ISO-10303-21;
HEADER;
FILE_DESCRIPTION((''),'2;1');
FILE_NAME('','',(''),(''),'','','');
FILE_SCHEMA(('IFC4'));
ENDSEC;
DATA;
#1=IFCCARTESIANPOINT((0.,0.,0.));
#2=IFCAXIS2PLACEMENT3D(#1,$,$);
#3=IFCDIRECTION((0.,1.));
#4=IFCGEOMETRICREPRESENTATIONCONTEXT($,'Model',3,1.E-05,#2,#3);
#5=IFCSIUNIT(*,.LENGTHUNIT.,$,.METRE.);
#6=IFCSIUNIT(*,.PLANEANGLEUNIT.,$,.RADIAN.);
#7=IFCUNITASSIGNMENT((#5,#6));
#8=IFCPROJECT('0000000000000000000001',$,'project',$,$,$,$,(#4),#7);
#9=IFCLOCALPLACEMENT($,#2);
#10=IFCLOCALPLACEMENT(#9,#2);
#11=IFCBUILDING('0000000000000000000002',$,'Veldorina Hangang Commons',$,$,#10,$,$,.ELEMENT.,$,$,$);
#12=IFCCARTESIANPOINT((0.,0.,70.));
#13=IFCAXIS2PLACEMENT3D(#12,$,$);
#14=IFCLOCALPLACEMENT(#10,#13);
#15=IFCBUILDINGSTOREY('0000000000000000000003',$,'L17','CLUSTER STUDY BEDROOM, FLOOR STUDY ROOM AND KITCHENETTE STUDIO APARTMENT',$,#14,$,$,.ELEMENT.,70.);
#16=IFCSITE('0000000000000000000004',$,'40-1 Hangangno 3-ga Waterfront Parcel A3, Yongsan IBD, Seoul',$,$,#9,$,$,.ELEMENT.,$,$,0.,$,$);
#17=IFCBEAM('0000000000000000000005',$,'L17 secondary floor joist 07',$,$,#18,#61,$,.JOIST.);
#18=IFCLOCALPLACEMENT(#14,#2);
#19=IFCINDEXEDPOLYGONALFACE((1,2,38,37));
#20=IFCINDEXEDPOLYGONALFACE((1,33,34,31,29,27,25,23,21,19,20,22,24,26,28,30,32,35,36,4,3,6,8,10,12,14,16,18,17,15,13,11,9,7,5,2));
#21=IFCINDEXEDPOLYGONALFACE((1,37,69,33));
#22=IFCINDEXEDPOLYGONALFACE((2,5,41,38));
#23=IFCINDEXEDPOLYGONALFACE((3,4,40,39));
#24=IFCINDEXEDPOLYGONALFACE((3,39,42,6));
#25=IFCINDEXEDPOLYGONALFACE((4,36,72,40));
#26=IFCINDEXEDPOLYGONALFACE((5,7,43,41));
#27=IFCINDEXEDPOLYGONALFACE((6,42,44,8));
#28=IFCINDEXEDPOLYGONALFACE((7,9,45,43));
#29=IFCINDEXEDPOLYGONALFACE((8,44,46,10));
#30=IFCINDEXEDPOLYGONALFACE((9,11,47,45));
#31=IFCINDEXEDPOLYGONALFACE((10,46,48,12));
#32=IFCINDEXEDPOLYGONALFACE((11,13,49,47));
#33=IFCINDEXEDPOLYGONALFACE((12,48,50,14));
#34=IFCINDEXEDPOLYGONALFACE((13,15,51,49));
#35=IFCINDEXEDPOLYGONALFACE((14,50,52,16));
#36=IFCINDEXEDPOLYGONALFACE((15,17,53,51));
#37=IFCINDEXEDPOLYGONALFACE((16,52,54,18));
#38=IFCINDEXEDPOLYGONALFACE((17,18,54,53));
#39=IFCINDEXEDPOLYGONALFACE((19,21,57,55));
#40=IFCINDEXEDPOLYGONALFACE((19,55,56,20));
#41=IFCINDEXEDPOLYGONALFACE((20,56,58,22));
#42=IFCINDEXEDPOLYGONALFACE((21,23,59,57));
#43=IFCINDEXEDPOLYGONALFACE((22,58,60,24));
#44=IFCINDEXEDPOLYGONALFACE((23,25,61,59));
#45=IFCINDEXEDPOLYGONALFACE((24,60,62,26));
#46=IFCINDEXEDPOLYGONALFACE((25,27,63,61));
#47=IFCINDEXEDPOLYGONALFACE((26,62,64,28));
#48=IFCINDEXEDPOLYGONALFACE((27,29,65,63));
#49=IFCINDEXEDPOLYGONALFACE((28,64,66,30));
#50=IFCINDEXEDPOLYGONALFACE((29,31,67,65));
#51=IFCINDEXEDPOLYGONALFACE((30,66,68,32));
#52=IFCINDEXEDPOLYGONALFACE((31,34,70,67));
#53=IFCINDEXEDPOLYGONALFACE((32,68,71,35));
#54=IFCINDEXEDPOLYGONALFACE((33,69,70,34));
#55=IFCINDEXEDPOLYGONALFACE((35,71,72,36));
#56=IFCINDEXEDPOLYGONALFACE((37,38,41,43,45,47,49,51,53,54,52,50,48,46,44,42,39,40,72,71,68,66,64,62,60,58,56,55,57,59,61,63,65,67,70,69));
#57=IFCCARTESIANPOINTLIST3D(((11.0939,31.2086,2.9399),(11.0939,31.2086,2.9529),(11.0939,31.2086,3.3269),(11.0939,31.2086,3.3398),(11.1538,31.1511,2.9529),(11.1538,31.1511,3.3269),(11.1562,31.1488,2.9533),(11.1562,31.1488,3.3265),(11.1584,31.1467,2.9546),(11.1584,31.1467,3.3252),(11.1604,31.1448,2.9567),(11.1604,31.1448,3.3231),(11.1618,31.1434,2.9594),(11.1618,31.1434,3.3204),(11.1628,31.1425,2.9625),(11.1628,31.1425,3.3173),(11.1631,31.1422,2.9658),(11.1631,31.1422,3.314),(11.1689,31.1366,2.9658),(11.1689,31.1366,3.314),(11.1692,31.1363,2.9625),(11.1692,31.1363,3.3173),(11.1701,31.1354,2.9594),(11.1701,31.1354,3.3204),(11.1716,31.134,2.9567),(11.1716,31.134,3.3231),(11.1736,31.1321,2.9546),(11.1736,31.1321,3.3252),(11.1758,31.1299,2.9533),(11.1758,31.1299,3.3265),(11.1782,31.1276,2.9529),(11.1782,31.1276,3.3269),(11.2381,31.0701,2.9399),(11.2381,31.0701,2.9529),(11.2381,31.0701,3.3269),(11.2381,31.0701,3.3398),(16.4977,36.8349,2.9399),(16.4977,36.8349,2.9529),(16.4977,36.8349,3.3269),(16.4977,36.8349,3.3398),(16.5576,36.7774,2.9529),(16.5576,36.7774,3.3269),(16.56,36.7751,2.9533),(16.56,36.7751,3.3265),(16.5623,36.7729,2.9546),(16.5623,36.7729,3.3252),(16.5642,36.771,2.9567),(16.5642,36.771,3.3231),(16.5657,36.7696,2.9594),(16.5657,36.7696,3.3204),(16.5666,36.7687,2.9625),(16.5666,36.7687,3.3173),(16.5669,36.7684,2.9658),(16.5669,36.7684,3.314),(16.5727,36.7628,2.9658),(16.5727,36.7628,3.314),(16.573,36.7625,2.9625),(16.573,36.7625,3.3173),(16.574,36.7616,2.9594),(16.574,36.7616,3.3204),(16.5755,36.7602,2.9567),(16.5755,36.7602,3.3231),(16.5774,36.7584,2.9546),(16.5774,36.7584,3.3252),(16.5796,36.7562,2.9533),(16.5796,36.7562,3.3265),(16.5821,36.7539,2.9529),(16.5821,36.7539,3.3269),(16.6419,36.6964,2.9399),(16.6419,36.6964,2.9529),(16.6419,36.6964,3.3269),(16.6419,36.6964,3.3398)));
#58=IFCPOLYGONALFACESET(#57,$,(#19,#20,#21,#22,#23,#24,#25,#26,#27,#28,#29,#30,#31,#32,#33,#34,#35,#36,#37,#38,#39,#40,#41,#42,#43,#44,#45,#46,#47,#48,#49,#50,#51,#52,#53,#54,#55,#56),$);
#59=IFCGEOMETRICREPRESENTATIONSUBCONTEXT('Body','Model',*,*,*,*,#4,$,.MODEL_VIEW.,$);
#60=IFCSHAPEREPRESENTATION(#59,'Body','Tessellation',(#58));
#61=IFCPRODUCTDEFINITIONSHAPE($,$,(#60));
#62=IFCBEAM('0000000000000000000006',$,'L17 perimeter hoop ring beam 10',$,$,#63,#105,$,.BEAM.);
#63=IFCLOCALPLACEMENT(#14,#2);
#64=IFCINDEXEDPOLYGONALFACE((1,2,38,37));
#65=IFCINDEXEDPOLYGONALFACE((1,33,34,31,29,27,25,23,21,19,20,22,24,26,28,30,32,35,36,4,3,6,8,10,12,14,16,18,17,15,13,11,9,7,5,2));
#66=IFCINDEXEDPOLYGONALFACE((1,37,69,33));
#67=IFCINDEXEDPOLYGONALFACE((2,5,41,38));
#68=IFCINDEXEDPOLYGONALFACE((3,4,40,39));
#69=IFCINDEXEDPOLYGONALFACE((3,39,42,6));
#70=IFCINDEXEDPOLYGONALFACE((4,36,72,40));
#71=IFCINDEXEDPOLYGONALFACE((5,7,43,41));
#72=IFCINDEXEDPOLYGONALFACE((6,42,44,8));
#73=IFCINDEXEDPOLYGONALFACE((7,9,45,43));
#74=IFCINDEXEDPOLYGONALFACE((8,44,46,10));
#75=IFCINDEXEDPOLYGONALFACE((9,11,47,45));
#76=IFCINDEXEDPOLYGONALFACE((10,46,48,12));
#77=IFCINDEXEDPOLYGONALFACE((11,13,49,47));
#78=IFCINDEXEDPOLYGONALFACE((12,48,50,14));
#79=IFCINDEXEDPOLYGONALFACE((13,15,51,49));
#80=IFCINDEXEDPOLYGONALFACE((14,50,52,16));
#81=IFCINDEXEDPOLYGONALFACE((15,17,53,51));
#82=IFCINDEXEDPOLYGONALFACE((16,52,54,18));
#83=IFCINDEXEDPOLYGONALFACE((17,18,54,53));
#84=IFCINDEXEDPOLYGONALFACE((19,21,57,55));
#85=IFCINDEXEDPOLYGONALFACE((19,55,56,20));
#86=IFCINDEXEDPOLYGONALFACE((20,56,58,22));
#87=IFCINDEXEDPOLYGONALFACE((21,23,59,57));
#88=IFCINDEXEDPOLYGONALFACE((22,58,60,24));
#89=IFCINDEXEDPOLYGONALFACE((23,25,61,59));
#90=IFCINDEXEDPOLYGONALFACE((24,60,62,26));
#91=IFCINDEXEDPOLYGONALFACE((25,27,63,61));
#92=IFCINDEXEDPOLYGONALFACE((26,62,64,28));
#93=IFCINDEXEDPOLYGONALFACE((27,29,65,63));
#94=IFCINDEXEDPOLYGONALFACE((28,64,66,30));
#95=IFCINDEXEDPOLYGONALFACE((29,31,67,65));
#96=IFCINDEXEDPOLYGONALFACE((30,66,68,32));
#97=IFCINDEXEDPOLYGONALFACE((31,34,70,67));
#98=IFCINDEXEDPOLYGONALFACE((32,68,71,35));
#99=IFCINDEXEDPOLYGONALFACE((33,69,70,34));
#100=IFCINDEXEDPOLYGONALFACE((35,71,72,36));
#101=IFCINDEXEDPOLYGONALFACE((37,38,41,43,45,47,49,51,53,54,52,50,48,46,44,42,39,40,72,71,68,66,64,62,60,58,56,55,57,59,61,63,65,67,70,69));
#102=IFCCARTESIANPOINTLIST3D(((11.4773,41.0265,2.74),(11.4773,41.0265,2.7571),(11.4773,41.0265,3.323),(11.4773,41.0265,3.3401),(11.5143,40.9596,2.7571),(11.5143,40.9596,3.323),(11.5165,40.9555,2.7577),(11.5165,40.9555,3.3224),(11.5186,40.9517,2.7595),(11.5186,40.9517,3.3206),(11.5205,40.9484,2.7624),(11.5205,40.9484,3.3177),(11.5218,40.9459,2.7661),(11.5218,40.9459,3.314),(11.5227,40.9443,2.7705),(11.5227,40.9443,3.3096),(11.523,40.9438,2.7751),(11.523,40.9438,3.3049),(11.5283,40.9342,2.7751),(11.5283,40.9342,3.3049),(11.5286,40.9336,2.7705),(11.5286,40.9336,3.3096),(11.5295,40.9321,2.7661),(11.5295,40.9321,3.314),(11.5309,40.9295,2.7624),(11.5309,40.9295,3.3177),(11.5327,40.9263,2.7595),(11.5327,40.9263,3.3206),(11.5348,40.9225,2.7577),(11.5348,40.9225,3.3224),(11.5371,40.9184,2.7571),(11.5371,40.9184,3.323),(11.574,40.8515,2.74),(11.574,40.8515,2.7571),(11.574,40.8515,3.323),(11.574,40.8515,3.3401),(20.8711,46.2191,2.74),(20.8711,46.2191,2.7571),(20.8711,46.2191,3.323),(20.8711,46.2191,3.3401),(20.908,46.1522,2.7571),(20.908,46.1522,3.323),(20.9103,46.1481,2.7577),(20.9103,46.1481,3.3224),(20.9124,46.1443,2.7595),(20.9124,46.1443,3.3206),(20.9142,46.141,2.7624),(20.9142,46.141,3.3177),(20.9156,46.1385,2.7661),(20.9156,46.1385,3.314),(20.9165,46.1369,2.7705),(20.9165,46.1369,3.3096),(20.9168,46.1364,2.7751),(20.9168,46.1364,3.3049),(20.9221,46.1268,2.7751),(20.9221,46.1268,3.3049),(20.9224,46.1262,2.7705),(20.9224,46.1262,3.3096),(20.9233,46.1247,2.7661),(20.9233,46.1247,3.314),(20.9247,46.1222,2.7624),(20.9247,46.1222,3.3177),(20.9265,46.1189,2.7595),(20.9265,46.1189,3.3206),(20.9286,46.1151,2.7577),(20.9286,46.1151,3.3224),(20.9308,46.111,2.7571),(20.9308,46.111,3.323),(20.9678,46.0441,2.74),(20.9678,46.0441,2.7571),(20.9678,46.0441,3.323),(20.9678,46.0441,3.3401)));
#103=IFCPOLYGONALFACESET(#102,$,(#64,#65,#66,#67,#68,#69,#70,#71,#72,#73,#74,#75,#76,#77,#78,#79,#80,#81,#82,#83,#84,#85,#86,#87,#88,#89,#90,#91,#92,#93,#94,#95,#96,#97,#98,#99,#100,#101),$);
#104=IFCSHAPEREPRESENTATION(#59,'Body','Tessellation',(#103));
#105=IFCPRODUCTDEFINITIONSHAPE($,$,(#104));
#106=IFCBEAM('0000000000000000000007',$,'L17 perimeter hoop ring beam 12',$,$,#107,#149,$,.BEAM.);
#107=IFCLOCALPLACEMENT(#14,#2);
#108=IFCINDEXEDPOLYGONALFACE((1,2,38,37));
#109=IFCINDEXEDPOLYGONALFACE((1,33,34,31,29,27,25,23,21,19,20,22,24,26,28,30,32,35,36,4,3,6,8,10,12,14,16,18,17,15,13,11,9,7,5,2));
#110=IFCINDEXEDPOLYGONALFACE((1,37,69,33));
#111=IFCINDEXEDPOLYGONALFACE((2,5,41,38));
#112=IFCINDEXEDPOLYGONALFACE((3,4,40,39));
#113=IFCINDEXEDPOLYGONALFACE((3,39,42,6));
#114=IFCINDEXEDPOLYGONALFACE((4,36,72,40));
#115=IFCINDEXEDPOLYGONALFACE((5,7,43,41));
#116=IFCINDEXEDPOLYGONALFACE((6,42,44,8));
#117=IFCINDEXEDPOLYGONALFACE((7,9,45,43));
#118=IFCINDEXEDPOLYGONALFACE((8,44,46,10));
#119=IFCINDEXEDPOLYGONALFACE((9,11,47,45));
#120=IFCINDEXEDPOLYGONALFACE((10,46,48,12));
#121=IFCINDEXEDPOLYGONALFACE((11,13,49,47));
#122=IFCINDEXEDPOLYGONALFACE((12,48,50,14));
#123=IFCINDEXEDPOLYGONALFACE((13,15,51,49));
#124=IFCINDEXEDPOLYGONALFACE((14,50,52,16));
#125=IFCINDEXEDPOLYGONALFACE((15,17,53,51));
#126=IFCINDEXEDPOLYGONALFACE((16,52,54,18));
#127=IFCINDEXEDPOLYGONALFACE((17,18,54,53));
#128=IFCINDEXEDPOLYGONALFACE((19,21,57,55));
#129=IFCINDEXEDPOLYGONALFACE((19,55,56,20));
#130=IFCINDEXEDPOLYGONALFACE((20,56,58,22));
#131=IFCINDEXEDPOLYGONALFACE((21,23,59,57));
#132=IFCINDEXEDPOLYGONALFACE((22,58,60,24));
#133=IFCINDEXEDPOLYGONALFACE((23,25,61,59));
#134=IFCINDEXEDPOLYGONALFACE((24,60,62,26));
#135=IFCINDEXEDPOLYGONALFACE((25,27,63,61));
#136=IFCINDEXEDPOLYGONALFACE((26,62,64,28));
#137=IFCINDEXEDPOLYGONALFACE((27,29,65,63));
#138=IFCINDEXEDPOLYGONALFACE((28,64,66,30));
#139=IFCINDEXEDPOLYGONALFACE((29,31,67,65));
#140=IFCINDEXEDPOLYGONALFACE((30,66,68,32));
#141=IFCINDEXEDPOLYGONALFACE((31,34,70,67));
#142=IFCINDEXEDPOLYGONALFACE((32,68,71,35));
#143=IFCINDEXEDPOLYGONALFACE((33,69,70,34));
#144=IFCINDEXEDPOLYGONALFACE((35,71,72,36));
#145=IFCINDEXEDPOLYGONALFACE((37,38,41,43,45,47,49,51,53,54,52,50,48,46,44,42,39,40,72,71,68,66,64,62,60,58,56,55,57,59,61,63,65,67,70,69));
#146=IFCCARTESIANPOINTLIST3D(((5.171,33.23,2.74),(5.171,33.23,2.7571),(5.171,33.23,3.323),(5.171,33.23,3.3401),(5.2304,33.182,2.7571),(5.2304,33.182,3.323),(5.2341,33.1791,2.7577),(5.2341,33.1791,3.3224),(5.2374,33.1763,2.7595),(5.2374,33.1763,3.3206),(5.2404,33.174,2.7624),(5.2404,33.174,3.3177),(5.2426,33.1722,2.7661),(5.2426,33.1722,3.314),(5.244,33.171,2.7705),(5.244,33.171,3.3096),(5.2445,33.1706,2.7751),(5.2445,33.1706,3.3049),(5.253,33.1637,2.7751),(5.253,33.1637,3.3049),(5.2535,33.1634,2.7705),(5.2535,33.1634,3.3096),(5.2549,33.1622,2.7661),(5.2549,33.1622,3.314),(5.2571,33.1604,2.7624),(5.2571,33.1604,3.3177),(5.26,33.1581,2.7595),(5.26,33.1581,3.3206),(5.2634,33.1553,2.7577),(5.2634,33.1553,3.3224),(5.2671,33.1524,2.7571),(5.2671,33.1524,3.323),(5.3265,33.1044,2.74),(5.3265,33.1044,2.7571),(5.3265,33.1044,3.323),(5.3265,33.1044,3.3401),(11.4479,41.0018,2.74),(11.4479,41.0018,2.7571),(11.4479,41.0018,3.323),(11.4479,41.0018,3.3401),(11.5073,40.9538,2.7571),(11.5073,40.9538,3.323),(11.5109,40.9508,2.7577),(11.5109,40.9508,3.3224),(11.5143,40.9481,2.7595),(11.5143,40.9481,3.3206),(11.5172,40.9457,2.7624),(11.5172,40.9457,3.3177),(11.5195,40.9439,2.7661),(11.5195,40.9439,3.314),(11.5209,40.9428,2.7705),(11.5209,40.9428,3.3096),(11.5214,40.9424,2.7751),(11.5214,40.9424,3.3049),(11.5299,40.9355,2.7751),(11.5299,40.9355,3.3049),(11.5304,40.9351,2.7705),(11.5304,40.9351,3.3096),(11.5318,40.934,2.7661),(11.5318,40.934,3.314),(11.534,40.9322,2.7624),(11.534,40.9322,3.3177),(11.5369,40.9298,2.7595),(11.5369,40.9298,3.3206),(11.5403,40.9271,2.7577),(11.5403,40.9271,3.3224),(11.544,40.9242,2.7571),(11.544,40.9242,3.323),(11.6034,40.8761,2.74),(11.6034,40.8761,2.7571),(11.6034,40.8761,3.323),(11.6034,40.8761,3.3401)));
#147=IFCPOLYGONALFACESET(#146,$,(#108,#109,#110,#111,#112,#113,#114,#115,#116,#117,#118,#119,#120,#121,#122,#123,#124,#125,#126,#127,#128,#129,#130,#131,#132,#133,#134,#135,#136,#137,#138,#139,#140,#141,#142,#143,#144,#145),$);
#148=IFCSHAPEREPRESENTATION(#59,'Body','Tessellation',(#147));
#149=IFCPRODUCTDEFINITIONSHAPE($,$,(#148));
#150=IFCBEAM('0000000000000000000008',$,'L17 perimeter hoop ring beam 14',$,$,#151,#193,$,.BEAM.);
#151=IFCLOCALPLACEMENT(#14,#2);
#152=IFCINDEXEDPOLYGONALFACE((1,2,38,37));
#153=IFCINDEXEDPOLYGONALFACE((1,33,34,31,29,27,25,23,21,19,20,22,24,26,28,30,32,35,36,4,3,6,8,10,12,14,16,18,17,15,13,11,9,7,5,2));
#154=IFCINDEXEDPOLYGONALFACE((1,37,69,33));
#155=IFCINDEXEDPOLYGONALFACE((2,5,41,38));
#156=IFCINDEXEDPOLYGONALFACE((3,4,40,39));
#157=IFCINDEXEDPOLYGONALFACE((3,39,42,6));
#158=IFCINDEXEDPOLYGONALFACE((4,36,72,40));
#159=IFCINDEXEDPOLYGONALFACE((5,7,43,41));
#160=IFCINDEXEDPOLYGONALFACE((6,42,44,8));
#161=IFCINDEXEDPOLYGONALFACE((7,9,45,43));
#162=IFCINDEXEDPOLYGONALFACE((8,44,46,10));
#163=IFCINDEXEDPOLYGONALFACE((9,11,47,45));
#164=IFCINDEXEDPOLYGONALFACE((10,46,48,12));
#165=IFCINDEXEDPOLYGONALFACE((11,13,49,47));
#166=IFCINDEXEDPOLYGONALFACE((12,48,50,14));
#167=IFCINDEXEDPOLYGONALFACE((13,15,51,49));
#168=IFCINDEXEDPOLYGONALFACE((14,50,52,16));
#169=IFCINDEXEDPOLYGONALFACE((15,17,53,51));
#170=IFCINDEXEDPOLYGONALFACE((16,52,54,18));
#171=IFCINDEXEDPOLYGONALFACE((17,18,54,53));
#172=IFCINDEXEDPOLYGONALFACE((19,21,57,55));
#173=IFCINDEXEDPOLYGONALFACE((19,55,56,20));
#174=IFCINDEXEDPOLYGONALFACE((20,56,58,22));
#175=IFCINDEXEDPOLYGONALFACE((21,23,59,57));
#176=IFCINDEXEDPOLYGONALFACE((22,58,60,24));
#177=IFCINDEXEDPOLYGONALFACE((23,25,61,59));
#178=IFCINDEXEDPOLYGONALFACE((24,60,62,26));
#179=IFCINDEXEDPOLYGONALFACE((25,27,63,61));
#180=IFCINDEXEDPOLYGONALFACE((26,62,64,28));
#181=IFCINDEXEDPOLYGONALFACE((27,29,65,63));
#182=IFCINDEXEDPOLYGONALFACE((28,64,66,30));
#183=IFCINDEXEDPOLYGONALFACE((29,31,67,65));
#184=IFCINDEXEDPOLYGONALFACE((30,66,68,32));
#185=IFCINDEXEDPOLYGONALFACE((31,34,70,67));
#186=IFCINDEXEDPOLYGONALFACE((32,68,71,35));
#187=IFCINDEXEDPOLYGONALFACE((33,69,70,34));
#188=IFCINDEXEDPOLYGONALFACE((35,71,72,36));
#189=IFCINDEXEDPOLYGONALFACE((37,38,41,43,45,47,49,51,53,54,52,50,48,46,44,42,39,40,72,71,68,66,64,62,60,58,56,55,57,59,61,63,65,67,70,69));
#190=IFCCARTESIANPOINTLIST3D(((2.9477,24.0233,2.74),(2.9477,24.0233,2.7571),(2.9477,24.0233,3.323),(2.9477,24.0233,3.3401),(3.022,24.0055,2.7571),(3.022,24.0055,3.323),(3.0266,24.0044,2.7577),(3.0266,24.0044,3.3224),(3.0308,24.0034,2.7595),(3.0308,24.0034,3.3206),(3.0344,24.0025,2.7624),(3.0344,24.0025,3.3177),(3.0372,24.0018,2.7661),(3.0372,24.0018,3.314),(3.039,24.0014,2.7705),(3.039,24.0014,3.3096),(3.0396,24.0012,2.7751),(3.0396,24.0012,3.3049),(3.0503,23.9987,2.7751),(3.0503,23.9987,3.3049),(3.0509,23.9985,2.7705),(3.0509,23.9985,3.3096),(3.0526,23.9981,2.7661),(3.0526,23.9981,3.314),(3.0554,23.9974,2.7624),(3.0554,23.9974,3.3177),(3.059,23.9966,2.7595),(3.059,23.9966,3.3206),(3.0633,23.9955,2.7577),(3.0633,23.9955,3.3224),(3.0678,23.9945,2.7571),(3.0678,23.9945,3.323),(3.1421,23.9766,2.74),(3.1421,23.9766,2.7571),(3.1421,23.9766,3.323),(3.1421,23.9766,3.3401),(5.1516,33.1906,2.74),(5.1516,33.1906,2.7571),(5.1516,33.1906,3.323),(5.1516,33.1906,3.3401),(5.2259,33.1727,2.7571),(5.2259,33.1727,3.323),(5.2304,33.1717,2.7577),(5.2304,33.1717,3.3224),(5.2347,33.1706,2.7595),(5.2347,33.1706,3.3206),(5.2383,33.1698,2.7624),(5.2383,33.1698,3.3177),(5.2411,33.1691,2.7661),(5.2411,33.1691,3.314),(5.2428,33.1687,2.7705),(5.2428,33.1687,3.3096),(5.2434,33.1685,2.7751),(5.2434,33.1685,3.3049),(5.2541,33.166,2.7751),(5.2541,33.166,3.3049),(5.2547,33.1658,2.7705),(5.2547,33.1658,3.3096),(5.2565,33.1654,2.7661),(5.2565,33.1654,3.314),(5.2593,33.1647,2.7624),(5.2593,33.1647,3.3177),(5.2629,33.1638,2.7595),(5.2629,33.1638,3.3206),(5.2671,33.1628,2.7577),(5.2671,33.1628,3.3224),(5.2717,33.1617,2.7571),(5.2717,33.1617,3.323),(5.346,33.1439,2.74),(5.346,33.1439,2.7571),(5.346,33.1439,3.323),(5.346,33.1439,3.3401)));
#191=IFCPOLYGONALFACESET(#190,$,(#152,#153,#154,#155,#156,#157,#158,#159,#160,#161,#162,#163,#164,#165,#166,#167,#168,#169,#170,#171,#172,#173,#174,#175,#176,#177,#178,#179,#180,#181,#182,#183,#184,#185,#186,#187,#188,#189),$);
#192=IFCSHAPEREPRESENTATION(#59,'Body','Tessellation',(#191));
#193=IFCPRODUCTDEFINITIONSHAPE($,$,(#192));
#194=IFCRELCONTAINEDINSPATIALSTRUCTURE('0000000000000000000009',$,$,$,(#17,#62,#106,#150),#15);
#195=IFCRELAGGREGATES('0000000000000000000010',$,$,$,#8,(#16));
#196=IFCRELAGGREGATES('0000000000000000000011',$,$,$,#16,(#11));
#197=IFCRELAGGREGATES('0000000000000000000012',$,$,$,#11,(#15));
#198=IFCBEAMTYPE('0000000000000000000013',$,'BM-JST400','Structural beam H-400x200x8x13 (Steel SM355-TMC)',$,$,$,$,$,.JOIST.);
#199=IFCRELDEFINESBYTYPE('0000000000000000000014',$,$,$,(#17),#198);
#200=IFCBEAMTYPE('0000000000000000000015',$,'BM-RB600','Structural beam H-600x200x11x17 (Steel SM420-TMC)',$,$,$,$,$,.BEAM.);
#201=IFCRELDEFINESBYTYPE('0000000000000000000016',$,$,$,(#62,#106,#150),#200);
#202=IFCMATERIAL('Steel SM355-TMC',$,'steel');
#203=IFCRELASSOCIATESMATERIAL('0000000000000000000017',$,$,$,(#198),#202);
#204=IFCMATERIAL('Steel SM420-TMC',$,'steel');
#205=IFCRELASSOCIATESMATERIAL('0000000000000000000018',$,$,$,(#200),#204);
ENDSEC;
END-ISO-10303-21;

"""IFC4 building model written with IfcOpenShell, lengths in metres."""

from ifc_helpers import new_model, si_unit, direction, frame, origin, origin_2d, place, context, subcontext, project, spatial, i_section, extrude, material, material_profile, profile_set, type_object, element, save


model = new_model("IFC4")

# Units and contexts
model_context = context("Model", 3, precision=1e-05, world=origin(), true_north=direction((0.0, 1.0)))
body_context = subcontext(model_context, "Body", "Model", "MODEL_VIEW")
ifc_project = project(units=[si_unit("LENGTHUNIT", "METRE"), si_unit("PLANEANGLEUNIT", "RADIAN")], contexts=[model_context])

# Site, building, storey
site_placement = place(None, origin())
site = spatial("IfcSite", under=ifc_project, at=site_placement, Name="40-1 Hangangno 3-ga Waterfront Parcel A3, Yongsan IBD, Seoul", CompositionType="ELEMENT", RefElevation=0.0)
building_placement = place(site_placement, origin())
building = spatial("IfcBuilding", under=site, at=building_placement, Name="Veldorina Hangang Commons", CompositionType="ELEMENT")
storey_placement = place(building_placement, frame((0.0, 0.0, 70.0)))
storey = spatial("IfcBuildingStorey", under=building, at=storey_placement, Name="L17", Description="CLUSTER STUDY BEDROOM, FLOOR STUDY ROOM AND KITCHENETTE STUDIO APARTMENT", CompositionType="ELEMENT", Elevation=70.0)

# Beams
ifc_material_1 = material(Name="Steel SM355-TMC", Category="steel")
ifc_material_profile_1 = material_profile(ifc_material_1, i_section(OverallWidth=0.2, OverallDepth=0.3999, WebThickness=0.0081, FlangeThickness=0.0129, FilletRadius=0.0129, at=origin_2d()), Name="H-400x200x8x13")
ifc_profile_set_1 = profile_set([ifc_material_profile_1], Name="Steel SM355-TMC")
beam_type_1 = type_object("IfcBeamType", Name="BM-JST400", Description="Structural beam H-400x200x8x13 (Steel SM355-TMC)", PredefinedType="JOIST", material=ifc_profile_set_1)
beam_1_placement = place(storey_placement, frame((16.5698, 36.7656, 3.1399), z_axis=(-0.692708, -0.721218, 0.0), x_axis=(0.721218, -0.692708, 0.0)))
element("IfcBeam", 1, at=beam_1_placement, inside=storey, type_object=beam_type_1, Name="L17 secondary floor joist 07", PredefinedType="JOIST", context=body_context, shape_type="SweptSolid", body=[
    extrude(i_section(OverallWidth=0.2, OverallDepth=0.3999, WebThickness=0.0081, FlangeThickness=0.0129, FilletRadius=0.0129, at=origin_2d()), origin(), (0.0, 0.0, 1.0), 7.801),
])
ifc_material_2 = material(Name="Steel SM420-TMC", Category="steel")
ifc_material_profile_2 = material_profile(ifc_material_2, i_section(OverallWidth=0.2, OverallDepth=0.6001, WebThickness=0.011, FlangeThickness=0.0171, FilletRadius=0.0181, at=origin_2d()), Name="H-600x200x11x17")
ifc_profile_set_2 = profile_set([ifc_material_profile_2], Name="Steel SM420-TMC")
beam_type_2 = type_object("IfcBeamType", Name="BM-RB600", Description="Structural beam H-600x200x11x17 (Steel SM420-TMC)", PredefinedType="BEAM", material=ifc_profile_set_2)
beam_2_placement = place(storey_placement, frame((20.9194, 46.1316, 3.04), z_axis=(-0.87519, -0.48378, 0.0), x_axis=(0.48378, -0.87519, 0.0)))
element("IfcBeam", 2, at=beam_2_placement, inside=storey, type_object=beam_type_2, Name="L17 perimeter hoop ring beam 10", PredefinedType="BEAM", context=body_context, shape_type="SweptSolid", body=[
    extrude(i_section(OverallWidth=0.2, OverallDepth=0.6001, WebThickness=0.011, FlangeThickness=0.0171, FilletRadius=0.0181, at=origin_2d()), origin(), (0.0, 0.0, 1.0), 10.7334),
])
beam_3_placement = place(storey_placement, frame((11.5256, 40.939, 3.04), z_axis=(-0.628318, -0.777956, 0.0), x_axis=(0.777956, -0.628318, 0.0)))
element("IfcBeam", 3, at=beam_3_placement, inside=storey, type_object=beam_type_2, Name="L17 perimeter hoop ring beam 12", PredefinedType="BEAM", context=body_context, shape_type="SweptSolid", body=[
    extrude(i_section(OverallWidth=0.2, OverallDepth=0.6001, WebThickness=0.011, FlangeThickness=0.0171, FilletRadius=0.0181, at=origin_2d()), origin(), (0.0, 0.0, 1.0), 9.99),
])
beam_4_placement = place(storey_placement, frame((5.2488, 33.1672, 3.04), z_axis=(-0.233746, -0.972298, 0.0), x_axis=(0.972298, -0.233746, 0.0)))
element("IfcBeam", 4, at=beam_4_placement, inside=storey, type_object=beam_type_2, Name="L17 perimeter hoop ring beam 14", PredefinedType="BEAM", context=body_context, shape_type="SweptSolid", body=[
    extrude(i_section(OverallWidth=0.2, OverallDepth=0.6001, WebThickness=0.011, FlangeThickness=0.0171, FilletRadius=0.0181, at=origin_2d()), origin(), (0.0, 0.0, 1.0), 9.4285),
])

save(model, "model.ifc")
